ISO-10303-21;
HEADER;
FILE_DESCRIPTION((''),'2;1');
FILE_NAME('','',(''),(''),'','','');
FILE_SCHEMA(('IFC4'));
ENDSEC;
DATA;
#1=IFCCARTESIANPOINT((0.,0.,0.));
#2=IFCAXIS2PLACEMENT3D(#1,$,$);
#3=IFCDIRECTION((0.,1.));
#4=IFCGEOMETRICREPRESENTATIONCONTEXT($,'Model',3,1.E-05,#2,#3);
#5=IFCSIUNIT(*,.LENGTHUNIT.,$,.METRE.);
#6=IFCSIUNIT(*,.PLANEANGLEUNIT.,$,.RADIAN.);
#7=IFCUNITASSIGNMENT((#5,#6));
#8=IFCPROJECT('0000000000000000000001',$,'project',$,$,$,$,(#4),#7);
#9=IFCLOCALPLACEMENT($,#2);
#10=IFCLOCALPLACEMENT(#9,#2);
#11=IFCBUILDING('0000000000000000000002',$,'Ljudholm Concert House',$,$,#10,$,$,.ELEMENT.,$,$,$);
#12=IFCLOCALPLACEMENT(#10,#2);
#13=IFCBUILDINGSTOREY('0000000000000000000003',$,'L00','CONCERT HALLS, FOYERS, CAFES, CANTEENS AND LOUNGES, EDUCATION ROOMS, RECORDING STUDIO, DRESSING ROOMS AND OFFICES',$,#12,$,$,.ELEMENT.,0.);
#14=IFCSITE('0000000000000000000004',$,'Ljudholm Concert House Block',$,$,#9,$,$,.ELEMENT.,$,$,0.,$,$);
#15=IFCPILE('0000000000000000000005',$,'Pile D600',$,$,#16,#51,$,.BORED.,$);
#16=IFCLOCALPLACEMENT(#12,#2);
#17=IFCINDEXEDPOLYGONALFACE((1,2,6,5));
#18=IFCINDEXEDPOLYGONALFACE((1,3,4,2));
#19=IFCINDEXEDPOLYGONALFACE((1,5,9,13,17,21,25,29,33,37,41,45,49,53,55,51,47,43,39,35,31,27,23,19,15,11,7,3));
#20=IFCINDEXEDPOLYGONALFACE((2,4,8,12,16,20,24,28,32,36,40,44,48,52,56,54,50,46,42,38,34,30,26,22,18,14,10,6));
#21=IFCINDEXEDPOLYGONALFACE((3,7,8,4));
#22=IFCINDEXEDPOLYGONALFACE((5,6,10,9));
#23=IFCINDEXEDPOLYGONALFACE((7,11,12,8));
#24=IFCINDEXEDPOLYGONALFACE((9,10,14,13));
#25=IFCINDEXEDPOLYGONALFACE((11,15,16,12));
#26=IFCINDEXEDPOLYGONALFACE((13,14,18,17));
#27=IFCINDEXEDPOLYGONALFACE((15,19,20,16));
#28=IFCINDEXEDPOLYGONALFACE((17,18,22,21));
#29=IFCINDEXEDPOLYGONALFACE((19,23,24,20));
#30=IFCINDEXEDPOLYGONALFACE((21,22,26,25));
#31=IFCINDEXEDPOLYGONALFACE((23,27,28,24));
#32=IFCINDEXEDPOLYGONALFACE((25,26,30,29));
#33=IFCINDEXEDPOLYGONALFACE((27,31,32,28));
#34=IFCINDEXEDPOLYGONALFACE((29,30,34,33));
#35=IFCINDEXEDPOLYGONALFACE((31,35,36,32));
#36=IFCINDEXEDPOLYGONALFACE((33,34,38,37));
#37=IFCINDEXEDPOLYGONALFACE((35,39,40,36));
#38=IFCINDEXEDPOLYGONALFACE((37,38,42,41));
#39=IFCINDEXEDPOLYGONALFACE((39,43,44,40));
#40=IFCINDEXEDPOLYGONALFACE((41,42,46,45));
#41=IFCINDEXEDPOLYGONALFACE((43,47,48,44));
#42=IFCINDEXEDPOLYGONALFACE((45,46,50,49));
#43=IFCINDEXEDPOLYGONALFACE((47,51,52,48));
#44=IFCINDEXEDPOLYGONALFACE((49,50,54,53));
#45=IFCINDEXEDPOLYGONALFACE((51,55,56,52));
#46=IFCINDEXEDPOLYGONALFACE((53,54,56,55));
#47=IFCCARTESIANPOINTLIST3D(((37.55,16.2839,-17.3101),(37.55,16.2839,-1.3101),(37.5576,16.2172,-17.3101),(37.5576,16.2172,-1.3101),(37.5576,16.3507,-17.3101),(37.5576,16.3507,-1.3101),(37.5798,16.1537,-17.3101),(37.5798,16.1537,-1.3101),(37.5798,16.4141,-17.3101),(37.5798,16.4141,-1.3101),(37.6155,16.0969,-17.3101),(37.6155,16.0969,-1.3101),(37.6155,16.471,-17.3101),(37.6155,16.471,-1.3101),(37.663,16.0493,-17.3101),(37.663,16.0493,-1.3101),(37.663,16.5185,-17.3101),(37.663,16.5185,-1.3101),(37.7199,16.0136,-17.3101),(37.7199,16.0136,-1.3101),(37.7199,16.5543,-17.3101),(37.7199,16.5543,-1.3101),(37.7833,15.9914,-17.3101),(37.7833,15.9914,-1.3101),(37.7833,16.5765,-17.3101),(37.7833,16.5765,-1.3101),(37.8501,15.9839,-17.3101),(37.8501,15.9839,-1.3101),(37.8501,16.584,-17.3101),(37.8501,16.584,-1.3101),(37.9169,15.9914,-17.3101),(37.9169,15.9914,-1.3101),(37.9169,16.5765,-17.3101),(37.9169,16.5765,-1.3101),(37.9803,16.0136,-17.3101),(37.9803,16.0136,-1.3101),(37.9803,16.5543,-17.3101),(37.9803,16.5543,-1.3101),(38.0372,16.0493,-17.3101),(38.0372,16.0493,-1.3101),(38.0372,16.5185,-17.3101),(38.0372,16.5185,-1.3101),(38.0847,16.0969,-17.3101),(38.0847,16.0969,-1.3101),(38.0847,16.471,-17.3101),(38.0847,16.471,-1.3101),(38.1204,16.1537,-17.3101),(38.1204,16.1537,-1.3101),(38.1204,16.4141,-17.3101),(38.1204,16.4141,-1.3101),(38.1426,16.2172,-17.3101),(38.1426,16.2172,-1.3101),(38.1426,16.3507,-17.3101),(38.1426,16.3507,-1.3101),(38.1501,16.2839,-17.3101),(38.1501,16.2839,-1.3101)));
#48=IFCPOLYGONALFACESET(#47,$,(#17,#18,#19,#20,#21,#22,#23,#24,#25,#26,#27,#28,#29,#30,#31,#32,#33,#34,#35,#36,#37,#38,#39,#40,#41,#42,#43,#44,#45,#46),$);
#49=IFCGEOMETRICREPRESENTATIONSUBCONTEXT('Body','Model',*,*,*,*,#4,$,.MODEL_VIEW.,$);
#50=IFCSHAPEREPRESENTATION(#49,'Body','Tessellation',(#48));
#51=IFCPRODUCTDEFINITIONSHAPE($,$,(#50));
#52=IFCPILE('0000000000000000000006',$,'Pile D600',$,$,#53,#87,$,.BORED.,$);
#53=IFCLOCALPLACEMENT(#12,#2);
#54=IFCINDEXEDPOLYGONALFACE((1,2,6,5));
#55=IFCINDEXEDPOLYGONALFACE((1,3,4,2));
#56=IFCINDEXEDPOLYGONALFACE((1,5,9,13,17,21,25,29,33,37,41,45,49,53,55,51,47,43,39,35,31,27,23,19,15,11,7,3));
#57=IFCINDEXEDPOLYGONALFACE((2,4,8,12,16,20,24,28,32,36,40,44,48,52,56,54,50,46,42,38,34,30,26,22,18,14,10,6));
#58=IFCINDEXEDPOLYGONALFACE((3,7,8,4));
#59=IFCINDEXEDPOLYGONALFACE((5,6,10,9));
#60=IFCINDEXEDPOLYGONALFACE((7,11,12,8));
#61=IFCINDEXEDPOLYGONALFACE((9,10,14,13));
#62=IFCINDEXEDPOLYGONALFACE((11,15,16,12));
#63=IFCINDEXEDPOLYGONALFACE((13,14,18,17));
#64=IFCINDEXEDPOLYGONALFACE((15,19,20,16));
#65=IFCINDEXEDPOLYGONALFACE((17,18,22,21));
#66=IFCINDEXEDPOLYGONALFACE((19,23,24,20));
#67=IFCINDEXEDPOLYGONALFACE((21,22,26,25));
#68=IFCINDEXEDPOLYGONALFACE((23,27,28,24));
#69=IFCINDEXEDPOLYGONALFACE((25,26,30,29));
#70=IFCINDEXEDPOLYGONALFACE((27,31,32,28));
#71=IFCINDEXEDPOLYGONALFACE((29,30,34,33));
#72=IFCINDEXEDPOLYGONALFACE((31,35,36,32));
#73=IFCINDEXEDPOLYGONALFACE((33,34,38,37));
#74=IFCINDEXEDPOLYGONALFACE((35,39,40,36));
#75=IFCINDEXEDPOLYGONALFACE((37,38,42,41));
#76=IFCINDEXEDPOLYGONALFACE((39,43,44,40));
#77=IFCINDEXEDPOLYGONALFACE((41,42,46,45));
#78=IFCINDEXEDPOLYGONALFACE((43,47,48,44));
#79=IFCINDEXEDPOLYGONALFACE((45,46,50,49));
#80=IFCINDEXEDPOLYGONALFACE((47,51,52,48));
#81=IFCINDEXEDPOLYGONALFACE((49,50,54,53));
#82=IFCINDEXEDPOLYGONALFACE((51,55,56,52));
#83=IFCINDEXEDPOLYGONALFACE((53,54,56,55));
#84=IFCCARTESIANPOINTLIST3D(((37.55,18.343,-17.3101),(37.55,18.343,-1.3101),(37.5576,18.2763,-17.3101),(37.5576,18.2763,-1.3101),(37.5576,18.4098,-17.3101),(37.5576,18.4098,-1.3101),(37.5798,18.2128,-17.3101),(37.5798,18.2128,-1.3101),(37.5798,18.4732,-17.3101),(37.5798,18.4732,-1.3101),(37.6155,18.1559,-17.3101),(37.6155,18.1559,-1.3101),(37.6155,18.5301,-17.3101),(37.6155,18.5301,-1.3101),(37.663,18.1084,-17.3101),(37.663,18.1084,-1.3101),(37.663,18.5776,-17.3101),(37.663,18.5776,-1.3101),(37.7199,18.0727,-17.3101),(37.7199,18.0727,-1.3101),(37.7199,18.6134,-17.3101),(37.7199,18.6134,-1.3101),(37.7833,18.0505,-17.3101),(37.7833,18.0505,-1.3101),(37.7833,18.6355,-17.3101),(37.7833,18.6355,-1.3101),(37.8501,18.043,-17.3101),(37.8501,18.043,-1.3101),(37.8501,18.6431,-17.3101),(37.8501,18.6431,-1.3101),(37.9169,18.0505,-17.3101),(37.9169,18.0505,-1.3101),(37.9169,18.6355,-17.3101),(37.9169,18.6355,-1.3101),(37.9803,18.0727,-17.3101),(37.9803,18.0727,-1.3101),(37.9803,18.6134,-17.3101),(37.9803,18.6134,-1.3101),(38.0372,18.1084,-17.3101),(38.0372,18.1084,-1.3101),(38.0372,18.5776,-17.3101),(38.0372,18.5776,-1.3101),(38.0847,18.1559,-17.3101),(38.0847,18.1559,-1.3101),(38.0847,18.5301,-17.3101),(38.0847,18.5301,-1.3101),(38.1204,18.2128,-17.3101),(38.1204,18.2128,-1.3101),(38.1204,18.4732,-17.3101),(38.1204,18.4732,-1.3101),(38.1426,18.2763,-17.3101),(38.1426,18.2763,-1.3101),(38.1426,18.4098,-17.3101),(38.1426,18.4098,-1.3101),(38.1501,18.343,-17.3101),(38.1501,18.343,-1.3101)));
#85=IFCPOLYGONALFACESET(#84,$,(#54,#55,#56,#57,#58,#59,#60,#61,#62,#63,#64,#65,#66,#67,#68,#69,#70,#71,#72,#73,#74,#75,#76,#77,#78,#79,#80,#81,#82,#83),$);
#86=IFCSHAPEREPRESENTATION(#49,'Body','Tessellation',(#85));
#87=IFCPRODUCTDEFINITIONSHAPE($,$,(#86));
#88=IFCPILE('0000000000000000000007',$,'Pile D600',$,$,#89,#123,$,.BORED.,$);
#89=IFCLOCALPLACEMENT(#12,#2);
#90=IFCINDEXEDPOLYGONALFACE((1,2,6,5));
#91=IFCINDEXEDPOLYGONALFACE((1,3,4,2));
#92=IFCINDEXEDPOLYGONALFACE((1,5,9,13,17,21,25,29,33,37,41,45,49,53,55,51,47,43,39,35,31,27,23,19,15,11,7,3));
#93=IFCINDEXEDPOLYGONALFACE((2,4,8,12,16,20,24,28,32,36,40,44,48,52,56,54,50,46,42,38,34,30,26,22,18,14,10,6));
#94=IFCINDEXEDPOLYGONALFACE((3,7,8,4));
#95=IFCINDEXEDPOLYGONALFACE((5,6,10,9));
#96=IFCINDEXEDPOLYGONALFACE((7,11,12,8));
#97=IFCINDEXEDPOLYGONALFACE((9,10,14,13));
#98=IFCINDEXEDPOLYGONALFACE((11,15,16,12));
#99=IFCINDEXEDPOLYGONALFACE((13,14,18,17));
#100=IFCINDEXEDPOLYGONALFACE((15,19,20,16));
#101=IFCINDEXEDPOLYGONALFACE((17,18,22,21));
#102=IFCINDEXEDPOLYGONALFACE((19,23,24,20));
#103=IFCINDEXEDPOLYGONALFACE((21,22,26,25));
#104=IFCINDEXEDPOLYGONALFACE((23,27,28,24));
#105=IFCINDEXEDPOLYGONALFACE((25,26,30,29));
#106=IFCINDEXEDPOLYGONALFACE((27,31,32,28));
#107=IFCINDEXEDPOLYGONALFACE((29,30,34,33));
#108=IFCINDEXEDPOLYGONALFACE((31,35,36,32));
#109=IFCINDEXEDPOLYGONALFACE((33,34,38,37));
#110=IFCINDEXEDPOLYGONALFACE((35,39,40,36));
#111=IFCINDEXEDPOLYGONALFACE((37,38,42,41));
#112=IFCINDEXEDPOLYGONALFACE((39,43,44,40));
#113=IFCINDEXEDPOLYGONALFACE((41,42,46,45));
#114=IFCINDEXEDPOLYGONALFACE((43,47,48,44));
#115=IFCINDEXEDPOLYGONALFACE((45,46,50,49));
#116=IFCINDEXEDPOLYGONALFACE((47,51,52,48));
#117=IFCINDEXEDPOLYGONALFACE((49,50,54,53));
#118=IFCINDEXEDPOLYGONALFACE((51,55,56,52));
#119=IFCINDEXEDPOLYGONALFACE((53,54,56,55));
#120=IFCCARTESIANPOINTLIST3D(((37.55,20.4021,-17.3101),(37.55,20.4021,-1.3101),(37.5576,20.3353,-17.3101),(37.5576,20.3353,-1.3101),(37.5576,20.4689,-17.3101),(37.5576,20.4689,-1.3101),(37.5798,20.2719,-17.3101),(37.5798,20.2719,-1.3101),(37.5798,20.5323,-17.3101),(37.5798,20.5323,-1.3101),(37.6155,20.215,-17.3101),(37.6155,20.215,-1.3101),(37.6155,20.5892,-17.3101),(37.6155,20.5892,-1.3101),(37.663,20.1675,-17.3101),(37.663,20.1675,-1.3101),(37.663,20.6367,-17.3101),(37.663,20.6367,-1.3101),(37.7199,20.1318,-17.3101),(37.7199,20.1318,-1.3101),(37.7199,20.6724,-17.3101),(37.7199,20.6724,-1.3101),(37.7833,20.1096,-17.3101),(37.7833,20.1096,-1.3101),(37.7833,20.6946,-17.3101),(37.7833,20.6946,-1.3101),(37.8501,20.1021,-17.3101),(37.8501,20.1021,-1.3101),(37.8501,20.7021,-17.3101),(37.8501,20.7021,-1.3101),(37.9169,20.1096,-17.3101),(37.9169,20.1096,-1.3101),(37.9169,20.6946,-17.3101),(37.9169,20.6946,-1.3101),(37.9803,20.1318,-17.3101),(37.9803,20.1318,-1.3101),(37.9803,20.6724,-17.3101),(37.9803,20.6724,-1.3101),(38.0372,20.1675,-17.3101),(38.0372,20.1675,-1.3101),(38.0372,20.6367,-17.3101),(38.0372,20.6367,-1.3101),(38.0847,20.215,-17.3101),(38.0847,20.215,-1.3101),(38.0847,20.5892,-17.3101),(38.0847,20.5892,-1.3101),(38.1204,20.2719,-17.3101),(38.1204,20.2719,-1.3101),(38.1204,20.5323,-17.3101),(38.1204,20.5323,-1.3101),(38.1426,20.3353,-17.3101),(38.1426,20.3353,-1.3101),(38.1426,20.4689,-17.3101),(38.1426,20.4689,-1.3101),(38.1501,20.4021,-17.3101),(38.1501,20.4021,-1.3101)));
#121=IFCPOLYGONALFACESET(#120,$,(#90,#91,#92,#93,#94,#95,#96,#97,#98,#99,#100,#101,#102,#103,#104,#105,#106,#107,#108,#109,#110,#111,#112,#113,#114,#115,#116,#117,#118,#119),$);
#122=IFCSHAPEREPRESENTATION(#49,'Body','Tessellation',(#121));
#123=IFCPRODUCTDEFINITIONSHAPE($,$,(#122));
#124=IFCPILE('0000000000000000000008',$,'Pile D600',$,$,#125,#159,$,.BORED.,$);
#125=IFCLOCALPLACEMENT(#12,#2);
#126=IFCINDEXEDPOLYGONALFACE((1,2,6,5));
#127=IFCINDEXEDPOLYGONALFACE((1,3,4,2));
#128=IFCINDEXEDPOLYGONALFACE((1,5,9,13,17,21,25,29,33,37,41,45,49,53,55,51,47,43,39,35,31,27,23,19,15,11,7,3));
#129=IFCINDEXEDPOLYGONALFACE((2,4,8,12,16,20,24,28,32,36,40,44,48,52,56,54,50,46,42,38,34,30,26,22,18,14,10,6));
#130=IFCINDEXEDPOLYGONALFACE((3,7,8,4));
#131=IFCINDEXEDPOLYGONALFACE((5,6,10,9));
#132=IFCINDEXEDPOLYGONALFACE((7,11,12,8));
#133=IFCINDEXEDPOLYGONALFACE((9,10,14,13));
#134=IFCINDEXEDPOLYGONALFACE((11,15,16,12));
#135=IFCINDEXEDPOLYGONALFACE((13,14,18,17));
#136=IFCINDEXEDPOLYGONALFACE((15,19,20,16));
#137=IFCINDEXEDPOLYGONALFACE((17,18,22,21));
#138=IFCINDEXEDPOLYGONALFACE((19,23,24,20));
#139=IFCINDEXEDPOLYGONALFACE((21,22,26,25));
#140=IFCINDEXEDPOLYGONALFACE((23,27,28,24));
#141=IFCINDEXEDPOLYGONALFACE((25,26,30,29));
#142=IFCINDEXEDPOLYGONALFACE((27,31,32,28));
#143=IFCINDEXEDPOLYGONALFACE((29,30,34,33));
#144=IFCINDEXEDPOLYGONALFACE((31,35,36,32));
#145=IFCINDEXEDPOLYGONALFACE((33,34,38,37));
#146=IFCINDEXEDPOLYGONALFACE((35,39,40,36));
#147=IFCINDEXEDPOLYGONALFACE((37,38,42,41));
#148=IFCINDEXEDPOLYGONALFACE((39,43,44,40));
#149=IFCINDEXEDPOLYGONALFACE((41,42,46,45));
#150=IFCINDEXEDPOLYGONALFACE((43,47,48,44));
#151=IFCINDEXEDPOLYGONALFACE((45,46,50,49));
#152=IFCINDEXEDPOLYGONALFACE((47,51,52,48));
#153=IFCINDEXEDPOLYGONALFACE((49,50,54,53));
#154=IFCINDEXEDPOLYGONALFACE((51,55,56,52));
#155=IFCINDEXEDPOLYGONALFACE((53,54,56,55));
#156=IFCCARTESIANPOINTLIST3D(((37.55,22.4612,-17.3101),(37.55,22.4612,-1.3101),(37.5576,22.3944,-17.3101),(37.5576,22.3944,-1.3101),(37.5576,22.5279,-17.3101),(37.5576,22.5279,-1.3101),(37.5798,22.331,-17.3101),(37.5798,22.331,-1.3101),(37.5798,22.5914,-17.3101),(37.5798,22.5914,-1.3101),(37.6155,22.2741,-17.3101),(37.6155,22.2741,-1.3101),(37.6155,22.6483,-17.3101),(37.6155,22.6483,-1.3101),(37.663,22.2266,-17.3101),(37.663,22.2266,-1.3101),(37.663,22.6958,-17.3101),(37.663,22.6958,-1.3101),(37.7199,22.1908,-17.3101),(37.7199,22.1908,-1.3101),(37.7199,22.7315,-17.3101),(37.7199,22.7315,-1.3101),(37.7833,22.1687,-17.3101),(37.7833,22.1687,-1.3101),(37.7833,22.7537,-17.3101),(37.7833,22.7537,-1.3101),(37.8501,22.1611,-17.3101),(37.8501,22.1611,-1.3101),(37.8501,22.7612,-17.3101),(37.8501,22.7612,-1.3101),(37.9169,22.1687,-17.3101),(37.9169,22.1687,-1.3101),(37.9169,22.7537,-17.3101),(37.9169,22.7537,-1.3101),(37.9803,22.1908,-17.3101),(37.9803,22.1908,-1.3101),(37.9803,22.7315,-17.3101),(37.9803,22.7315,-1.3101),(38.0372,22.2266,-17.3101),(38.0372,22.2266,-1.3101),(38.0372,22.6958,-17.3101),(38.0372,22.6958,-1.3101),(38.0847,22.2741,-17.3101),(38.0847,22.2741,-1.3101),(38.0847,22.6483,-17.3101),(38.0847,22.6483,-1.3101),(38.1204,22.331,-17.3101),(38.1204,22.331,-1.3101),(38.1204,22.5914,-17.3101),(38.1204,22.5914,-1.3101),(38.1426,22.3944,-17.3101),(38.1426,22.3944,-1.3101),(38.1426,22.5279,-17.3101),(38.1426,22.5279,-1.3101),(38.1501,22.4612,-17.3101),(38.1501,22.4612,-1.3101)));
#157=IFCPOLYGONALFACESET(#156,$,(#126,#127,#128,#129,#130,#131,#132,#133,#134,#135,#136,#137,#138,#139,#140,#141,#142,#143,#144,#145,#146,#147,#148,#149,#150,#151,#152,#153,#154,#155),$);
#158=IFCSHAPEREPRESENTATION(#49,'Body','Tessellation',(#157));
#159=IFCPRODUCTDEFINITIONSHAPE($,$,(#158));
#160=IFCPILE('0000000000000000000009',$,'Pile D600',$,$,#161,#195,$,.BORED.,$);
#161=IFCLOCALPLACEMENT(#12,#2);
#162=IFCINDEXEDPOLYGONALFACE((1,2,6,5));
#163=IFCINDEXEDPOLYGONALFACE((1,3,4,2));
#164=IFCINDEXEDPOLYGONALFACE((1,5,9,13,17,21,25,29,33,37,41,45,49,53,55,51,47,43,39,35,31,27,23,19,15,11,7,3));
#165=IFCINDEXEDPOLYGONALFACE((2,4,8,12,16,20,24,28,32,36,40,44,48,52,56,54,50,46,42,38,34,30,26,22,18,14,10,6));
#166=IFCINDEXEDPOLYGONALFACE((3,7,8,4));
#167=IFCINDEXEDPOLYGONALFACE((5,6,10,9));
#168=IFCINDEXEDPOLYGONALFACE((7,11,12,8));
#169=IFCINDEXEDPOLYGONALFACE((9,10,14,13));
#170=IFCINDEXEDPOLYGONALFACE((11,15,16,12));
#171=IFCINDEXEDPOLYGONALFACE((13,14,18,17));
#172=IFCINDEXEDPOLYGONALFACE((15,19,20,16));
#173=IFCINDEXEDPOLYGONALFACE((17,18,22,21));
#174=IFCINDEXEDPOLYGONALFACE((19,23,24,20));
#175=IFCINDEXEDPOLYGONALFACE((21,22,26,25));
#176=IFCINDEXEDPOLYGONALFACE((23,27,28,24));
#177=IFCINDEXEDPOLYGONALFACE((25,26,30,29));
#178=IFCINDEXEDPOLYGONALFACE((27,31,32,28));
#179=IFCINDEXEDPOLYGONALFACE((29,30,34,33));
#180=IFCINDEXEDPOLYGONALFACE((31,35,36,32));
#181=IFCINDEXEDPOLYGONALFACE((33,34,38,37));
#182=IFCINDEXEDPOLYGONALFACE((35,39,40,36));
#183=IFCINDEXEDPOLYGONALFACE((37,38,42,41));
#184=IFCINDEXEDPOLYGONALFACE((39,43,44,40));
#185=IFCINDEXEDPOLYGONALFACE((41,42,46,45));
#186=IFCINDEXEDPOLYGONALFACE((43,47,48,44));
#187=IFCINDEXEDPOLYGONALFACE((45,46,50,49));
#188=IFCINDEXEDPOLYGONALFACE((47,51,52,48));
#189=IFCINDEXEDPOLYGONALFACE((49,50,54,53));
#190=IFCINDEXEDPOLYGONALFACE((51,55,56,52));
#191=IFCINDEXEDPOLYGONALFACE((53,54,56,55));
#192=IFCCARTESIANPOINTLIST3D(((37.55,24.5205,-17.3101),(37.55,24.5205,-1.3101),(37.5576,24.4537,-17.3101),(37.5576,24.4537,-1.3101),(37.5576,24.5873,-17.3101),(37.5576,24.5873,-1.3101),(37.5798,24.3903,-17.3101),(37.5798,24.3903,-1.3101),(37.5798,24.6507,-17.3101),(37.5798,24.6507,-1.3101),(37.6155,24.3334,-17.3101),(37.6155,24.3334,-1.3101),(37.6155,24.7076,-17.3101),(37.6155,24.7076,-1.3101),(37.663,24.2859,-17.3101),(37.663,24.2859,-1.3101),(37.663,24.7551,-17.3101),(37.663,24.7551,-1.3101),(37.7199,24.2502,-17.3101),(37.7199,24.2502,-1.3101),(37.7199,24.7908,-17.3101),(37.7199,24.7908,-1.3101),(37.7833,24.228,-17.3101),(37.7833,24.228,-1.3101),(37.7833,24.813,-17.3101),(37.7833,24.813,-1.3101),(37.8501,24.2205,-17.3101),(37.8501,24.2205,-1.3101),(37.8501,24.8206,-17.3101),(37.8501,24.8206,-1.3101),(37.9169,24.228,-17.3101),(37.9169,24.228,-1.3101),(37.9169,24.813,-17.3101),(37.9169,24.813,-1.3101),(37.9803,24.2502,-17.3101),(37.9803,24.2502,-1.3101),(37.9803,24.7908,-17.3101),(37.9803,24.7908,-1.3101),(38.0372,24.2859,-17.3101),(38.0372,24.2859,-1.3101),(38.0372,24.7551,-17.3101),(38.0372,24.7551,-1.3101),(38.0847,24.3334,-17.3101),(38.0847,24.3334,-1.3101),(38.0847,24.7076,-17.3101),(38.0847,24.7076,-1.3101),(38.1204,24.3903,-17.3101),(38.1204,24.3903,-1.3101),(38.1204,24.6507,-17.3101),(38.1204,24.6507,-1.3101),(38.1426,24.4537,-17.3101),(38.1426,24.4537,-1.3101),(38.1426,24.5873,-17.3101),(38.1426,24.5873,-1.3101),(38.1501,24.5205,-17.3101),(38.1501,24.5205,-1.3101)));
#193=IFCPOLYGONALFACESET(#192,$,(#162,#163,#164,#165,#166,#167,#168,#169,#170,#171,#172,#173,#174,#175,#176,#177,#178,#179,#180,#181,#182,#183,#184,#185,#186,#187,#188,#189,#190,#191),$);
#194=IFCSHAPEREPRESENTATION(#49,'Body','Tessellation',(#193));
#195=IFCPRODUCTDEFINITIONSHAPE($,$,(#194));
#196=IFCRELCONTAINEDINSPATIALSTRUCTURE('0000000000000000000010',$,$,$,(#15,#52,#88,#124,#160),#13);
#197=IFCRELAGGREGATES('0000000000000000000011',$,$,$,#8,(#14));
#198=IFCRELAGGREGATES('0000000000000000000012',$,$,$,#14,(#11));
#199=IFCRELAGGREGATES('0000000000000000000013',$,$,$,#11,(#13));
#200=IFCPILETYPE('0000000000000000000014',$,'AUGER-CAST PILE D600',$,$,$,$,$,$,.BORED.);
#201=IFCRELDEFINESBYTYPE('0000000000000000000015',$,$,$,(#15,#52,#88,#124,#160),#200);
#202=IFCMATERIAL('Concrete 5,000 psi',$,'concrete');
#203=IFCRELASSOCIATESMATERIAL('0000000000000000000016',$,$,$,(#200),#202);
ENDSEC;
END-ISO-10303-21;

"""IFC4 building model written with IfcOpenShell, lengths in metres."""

from ifc_helpers import new_model, si_unit, direction, frame, origin, origin_2d, place, context, subcontext, project, spatial, circle, extrude, material, material_profile, profile_set, type_object, element, save


model = new_model("IFC4")

# Units and contexts
model_context = context("Model", 3, precision=1e-05, world=origin(), true_north=direction((0.0, 1.0)))
body_context = subcontext(model_context, "Body", "Model", "MODEL_VIEW")
ifc_project = project(units=[si_unit("LENGTHUNIT", "METRE"), si_unit("PLANEANGLEUNIT", "RADIAN")], contexts=[model_context])

# Site, building, storey
site_placement = place(None, origin())
site = spatial("IfcSite", under=ifc_project, at=site_placement, Name="Ljudholm Concert House Block", CompositionType="ELEMENT", RefElevation=0.0)
building_placement = place(site_placement, origin())
building = spatial("IfcBuilding", under=site, at=building_placement, Name="Ljudholm Concert House", CompositionType="ELEMENT")
storey_placement = place(building_placement, origin())
storey = spatial("IfcBuildingStorey", under=building, at=storey_placement, Name="L00", Description="CONCERT HALLS, FOYERS, CAFES, CANTEENS AND LOUNGES, EDUCATION ROOMS, RECORDING STUDIO, DRESSING ROOMS AND OFFICES", CompositionType="ELEMENT", Elevation=0.0)

# Piles
ifc_material_1 = material(Name="Concrete 5,000 psi", Category="concrete")
ifc_material_profile_1 = material_profile(ifc_material_1, circle(Radius=0.3, at=origin_2d()), Name="AUGER-CAST PILE D600")
ifc_profile_set_1 = profile_set([ifc_material_profile_1], Name="Concrete 5,000 psi")
pile_type = type_object("IfcPileType", Name="AUGER-CAST PILE D600", PredefinedType="BORED", material=ifc_profile_set_1)
for number, where, z_axis, x_axis, name in (
    (1, (37.8501, 16.2839, -1.3101), (0.0, 0.0, -1.0), (1.0, 0.0, 0.0), "Pile D600"),
    (2, (37.8501, 18.343, -1.3101), (0.0, 0.0, -1.0), (1.0, 0.0, 0.0), "Pile D600"),
    (3, (37.8501, 20.4021, -1.3101), (0.0, 0.0, -1.0), (1.0, 0.0, 0.0), "Pile D600"),
    (4, (37.8501, 22.4612, -1.3101), (0.0, 0.0, -1.0), (1.0, 0.0, 0.0), "Pile D600"),
    (5, (37.8501, 24.5205, -1.3101), (0.0, 0.0, -1.0), (1.0, 0.0, 0.0), "Pile D600"),
):
    element("IfcPile", number, at=place(storey_placement, frame(where, z_axis=z_axis, x_axis=x_axis)), inside=storey, type_object=pile_type, Name=name, PredefinedType="BORED", context=body_context, shape_type="SweptSolid", body=[
        extrude(circle(Radius=0.3, at=origin_2d()), origin(), (0.0, 0.0, 1.0), 16.0),
    ])

save(model, "model.ifc")
